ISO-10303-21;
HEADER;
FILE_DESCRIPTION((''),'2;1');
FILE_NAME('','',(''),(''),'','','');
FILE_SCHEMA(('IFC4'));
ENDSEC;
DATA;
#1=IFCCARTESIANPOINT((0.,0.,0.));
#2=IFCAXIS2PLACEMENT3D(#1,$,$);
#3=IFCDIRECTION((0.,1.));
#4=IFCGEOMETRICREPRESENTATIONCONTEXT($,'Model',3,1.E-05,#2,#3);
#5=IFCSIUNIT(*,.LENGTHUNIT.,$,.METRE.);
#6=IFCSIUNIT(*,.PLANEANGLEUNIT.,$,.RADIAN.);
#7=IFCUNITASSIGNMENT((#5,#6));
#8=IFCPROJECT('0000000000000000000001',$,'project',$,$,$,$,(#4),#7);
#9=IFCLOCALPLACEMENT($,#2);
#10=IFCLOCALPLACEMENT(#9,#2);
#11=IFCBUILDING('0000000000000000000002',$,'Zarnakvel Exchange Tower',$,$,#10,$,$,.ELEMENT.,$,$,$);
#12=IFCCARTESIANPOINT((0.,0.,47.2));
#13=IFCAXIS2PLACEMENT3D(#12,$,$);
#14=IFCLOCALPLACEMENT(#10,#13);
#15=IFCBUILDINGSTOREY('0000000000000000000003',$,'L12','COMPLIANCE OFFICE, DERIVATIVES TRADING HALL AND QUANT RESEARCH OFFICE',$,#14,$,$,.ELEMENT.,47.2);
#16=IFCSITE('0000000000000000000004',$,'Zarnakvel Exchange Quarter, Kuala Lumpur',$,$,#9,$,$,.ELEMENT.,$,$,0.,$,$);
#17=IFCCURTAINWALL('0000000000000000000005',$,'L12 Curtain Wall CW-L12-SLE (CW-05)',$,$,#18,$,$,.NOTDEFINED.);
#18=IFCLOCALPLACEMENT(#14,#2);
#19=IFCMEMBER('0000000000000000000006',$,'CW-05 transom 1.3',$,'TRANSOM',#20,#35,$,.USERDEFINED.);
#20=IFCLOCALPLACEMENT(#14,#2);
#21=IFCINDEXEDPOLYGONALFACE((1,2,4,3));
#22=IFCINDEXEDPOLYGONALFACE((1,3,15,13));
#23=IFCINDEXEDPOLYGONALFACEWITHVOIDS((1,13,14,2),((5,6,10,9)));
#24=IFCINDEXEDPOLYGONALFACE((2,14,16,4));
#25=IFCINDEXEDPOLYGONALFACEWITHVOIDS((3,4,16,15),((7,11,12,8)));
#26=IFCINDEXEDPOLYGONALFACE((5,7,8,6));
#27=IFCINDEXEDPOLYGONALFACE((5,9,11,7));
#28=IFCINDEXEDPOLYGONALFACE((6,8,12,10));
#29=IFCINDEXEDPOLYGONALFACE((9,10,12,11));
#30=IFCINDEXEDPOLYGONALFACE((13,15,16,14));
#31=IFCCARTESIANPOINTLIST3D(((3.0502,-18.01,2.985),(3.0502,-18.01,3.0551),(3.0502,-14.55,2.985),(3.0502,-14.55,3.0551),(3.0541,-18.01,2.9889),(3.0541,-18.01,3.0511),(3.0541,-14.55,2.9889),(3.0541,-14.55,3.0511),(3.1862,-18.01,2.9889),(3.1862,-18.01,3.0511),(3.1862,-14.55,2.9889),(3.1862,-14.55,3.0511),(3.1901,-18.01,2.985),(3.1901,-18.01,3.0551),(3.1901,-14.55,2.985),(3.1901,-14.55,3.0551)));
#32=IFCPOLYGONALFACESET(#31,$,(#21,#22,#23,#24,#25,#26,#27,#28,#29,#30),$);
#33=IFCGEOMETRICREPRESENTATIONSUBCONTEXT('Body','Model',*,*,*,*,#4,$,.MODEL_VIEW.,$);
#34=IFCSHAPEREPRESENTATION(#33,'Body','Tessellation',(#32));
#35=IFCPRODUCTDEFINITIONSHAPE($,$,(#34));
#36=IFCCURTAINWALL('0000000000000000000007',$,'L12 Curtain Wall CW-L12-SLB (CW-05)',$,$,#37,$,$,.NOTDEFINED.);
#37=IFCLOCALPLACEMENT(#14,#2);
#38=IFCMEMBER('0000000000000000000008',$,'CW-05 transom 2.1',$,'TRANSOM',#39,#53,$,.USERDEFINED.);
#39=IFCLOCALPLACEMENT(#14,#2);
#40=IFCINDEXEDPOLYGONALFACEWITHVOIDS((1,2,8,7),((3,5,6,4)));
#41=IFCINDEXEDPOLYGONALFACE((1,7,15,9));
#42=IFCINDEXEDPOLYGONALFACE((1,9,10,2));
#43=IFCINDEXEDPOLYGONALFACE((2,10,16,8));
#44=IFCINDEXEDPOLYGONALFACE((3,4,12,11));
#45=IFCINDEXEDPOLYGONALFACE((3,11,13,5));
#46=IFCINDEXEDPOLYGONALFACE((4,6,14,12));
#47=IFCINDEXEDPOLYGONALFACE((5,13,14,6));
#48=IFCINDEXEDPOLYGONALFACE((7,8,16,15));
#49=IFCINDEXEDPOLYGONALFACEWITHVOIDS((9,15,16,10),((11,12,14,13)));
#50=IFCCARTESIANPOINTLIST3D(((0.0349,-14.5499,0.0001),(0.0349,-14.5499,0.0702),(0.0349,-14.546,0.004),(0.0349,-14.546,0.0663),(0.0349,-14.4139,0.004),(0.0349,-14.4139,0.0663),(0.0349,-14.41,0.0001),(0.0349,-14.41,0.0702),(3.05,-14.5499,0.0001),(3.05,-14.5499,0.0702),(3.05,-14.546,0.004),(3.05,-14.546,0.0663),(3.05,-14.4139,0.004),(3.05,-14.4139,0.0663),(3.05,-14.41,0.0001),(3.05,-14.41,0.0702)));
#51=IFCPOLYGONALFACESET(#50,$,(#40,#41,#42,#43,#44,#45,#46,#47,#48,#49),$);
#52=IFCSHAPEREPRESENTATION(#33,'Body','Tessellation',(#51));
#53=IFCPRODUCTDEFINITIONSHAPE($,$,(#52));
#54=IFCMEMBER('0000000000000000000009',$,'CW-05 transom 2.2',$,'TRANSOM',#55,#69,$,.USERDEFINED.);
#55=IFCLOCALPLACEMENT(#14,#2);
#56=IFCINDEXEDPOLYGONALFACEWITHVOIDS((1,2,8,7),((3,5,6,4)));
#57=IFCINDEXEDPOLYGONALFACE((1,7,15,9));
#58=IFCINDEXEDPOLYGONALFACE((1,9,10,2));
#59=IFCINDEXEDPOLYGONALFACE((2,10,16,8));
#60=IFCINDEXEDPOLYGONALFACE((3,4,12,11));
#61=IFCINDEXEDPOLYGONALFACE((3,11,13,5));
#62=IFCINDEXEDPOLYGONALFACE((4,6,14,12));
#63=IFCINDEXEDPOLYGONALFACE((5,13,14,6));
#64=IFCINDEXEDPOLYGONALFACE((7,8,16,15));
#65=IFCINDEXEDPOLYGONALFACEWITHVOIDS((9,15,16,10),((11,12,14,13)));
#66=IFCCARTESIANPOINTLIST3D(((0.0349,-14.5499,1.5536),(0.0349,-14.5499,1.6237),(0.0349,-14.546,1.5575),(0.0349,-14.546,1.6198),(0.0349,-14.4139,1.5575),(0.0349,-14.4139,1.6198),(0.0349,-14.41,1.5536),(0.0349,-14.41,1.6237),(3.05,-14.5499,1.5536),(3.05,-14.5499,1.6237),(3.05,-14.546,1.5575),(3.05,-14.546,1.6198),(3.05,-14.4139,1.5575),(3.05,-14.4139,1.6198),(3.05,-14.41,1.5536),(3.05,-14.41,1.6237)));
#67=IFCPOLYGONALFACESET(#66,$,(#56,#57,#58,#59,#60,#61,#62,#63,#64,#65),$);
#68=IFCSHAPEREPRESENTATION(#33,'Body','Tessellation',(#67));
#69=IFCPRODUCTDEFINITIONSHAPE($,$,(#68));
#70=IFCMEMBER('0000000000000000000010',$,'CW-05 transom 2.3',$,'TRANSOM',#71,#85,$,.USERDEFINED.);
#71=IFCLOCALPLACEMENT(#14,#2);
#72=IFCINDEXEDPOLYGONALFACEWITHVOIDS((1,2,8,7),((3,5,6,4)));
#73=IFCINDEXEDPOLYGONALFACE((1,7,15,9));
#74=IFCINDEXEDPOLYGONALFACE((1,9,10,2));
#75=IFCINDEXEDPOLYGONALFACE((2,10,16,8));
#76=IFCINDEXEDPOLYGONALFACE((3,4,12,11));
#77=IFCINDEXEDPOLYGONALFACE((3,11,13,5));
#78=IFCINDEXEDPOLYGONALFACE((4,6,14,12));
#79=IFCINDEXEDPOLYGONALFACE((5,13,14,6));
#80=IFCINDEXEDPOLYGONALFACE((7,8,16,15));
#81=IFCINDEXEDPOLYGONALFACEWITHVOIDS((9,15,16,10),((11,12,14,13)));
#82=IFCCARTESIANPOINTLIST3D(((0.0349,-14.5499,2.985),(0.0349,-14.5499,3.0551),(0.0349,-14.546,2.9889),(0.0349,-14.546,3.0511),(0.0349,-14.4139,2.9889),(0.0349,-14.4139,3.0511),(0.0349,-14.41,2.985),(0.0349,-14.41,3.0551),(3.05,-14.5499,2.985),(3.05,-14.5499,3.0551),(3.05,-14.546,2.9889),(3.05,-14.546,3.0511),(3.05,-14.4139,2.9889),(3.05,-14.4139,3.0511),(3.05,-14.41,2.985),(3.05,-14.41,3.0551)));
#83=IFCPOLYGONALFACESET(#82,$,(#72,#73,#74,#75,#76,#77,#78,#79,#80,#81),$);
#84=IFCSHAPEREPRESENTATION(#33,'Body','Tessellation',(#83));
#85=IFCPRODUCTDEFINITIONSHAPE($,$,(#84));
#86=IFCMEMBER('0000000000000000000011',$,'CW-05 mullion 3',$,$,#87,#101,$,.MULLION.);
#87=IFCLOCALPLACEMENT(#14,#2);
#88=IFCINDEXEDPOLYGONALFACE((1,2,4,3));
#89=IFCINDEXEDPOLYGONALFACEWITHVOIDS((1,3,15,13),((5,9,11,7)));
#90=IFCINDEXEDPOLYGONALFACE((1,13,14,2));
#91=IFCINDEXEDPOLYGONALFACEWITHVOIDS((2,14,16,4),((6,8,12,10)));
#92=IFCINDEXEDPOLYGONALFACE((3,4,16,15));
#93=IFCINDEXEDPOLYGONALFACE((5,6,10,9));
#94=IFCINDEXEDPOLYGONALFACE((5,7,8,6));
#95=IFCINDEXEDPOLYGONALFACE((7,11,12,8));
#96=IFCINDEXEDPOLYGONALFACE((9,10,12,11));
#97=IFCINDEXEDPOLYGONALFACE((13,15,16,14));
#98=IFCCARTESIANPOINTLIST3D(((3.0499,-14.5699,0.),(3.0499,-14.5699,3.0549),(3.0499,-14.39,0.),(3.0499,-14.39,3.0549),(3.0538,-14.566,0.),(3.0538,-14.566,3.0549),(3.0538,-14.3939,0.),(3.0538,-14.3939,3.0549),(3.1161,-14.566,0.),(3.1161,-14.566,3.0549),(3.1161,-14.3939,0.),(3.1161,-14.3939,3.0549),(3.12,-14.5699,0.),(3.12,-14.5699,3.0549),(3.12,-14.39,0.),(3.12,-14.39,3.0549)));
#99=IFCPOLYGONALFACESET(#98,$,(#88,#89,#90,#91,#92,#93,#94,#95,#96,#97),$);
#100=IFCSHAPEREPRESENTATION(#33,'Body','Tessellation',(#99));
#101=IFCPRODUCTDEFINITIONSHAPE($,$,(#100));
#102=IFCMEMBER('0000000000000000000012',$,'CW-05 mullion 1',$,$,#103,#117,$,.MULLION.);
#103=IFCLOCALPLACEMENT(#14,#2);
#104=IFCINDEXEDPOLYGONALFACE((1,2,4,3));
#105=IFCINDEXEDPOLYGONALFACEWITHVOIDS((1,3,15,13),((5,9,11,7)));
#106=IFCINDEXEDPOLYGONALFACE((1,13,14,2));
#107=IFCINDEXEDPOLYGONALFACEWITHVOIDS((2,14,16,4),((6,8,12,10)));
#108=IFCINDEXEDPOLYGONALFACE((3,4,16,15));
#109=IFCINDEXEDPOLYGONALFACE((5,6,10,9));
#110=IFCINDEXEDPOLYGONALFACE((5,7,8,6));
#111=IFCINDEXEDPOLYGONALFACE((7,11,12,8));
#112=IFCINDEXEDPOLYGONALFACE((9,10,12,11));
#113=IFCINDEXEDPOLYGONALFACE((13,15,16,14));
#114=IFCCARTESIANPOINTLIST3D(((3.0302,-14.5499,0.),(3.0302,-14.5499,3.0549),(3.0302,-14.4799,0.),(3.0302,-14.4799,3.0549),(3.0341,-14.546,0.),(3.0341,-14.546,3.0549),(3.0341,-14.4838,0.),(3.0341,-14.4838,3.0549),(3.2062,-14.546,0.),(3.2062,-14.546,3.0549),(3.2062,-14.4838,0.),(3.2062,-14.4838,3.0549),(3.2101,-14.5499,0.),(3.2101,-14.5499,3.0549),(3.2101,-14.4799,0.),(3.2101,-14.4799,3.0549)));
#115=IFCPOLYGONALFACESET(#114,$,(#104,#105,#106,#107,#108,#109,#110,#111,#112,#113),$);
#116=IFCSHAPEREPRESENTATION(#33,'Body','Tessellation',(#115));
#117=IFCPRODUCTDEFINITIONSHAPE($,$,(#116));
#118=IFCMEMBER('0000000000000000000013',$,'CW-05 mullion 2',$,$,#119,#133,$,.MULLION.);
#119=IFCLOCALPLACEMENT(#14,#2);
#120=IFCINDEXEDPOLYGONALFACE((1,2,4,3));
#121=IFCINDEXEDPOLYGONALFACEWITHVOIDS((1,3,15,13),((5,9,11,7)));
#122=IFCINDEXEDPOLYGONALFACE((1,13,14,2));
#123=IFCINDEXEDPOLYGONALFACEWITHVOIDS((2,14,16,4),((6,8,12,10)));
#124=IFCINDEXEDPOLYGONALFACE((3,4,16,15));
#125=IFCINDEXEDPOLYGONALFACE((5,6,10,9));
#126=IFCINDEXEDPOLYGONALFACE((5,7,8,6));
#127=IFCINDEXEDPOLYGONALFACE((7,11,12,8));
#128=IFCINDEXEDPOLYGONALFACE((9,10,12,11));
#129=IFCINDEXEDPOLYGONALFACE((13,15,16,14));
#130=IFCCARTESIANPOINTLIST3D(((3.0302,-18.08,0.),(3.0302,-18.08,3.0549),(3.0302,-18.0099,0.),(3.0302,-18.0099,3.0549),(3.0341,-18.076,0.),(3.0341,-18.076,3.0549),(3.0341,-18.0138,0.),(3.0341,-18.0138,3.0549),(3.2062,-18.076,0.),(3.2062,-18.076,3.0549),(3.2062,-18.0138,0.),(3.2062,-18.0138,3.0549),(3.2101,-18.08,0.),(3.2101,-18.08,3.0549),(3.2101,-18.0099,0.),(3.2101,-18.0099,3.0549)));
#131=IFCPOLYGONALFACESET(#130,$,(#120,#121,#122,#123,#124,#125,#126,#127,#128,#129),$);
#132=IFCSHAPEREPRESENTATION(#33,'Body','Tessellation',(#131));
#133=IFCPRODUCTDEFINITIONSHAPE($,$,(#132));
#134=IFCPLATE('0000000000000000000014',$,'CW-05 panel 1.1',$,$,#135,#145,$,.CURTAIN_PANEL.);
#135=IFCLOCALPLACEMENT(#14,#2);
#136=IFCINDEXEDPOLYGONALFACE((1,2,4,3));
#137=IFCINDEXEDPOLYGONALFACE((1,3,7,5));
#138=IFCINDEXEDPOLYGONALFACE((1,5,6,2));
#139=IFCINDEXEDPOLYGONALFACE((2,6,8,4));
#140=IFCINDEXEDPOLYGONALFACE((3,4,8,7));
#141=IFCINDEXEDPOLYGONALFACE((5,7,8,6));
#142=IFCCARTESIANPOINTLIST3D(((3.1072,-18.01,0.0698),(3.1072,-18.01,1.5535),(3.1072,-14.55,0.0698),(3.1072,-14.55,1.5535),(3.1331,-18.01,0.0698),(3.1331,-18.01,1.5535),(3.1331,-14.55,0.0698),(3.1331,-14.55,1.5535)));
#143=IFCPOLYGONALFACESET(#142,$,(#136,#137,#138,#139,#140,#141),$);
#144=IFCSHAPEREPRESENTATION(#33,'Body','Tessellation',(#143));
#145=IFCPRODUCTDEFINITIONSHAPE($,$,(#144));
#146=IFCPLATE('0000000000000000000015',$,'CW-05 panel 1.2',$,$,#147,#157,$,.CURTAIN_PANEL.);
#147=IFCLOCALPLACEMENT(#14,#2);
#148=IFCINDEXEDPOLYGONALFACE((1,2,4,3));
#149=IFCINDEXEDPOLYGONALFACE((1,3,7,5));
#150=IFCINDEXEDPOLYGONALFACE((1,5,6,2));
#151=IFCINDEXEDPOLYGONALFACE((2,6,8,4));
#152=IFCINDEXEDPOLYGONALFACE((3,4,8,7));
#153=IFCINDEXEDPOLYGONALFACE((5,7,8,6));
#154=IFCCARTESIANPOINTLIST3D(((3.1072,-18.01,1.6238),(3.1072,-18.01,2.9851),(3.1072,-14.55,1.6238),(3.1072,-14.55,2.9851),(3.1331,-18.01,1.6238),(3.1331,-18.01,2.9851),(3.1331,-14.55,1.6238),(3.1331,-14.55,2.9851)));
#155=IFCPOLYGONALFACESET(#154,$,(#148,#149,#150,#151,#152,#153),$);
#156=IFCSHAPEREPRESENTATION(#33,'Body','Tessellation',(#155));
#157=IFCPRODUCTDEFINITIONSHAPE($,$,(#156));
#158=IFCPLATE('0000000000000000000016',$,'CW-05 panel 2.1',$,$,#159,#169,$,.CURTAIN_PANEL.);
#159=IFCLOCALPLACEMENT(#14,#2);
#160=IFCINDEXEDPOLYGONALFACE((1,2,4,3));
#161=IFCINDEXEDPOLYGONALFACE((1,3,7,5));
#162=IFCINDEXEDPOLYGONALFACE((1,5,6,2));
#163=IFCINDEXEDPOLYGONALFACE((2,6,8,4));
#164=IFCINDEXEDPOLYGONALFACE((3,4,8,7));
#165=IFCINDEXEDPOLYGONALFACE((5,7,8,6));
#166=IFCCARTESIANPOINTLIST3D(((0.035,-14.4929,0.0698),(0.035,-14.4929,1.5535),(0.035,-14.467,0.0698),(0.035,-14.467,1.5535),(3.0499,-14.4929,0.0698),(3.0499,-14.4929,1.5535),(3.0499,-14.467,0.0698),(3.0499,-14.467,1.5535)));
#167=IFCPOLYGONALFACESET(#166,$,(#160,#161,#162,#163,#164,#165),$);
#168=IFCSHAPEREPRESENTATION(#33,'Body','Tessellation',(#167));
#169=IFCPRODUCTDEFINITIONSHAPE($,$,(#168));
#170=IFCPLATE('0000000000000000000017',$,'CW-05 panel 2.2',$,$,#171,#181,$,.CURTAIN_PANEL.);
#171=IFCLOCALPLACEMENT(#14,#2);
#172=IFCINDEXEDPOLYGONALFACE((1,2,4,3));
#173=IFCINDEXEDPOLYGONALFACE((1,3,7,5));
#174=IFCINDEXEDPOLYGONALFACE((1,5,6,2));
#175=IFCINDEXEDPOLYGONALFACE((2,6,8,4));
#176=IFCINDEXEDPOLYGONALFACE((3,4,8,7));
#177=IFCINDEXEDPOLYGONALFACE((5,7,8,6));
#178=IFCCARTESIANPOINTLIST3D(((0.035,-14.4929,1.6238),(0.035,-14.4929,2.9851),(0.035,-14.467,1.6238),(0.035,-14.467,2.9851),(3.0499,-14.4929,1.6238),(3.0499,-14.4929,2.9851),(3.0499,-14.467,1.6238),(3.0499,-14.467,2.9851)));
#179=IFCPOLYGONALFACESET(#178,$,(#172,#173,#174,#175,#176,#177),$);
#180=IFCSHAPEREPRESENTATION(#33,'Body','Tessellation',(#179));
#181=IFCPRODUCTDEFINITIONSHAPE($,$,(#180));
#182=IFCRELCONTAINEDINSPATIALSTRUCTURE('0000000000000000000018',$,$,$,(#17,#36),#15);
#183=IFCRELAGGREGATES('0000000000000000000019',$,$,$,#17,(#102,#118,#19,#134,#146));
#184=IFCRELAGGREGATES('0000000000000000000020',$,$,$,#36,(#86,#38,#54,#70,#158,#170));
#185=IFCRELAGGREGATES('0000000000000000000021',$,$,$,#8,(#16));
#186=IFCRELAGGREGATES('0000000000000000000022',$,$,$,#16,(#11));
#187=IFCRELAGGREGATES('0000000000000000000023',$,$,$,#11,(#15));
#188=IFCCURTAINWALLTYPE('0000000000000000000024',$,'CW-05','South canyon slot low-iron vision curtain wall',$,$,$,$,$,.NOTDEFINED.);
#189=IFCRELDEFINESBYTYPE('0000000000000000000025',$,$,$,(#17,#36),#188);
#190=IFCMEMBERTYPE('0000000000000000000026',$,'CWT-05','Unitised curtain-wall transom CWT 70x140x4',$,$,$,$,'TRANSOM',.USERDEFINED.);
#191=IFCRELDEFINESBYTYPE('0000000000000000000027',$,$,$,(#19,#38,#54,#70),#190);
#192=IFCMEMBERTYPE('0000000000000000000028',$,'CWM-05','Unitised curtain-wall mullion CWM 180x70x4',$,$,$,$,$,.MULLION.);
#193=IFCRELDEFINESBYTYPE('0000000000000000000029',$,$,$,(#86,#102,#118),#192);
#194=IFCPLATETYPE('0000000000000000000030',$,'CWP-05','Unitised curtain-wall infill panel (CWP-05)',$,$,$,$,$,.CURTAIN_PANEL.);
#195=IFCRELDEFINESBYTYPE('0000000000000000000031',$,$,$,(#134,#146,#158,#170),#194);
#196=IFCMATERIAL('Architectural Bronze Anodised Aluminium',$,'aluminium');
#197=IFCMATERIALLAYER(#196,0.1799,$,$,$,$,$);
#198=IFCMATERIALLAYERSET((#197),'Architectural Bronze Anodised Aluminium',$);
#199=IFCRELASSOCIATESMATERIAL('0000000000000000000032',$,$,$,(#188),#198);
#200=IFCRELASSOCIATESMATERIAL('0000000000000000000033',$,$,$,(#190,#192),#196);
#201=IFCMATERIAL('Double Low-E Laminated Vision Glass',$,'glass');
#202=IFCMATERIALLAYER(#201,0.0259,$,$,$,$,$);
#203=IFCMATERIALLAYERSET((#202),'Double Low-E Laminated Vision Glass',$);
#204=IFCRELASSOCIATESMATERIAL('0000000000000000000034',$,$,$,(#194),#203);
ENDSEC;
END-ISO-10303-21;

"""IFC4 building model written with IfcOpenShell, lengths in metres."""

from ifc_helpers import new_model, si_unit, direction, frame, origin, origin_2d, place, context, subcontext, project, spatial, rectangle, hollow_rectangle, extrude, source, transform, mapped, material, layer, layer_set, material_profile, profile_set, type_object, element, aggregate, save


model = new_model("IFC4")

# Units and contexts
model_context = context("Model", 3, precision=1e-05, world=origin(), true_north=direction((0.0, 1.0)))
body_context = subcontext(model_context, "Body", "Model", "MODEL_VIEW")
ifc_project = project(units=[si_unit("LENGTHUNIT", "METRE"), si_unit("PLANEANGLEUNIT", "RADIAN")], contexts=[model_context])

# Site, building, storey
site_placement = place(None, origin())
site = spatial("IfcSite", under=ifc_project, at=site_placement, Name="Zarnakvel Exchange Quarter, Kuala Lumpur", CompositionType="ELEMENT", RefElevation=0.0)
building_placement = place(site_placement, origin())
building = spatial("IfcBuilding", under=site, at=building_placement, Name="Zarnakvel Exchange Tower", CompositionType="ELEMENT")
storey_placement = place(building_placement, frame((0.0, 0.0, 47.2)))
storey = spatial("IfcBuildingStorey", under=building, at=storey_placement, Name="L12", Description="COMPLIANCE OFFICE, DERIVATIVES TRADING HALL AND QUANT RESEARCH OFFICE", CompositionType="ELEMENT", Elevation=47.2)

# Curtain walls, members
ifc_material_1 = material(Name="Architectural Bronze Anodised Aluminium", Category="aluminium")
ifc_layer_1 = layer(ifc_material_1, 0.1799)
ifc_layer_set_1 = layer_set([ifc_layer_1], Name="Architectural Bronze Anodised Aluminium")
curtain_wall_type = type_object("IfcCurtainWallType", Name="CW-05", Description="South canyon slot low-iron vision curtain wall", PredefinedType="NOTDEFINED", material=ifc_layer_set_1)
curtain_wall_1_placement = place(storey_placement, origin())
curtain_wall_1 = element("IfcCurtainWall", 1, at=curtain_wall_1_placement, inside=storey, type_object=curtain_wall_type, Name="L12 Curtain Wall CW-L12-SLE (CW-05)", PredefinedType="NOTDEFINED")
ifc_material_profile_1 = material_profile(ifc_material_1, hollow_rectangle(XDim=0.1399, YDim=0.0701, WallThickness=0.0039, at=origin_2d()))
ifc_profile_set_1 = profile_set([ifc_material_profile_1], Name="Architectural Bronze Anodised Aluminium")
member_type_1 = type_object("IfcMemberType", Name="CWT-05", Description="Unitised curtain-wall transom CWT 70x140x4", ElementType="TRANSOM", PredefinedType="USERDEFINED", material=ifc_profile_set_1)
shared_shape_1 = source(origin(), body_context, "Body", "SweptSolid", [
    extrude(hollow_rectangle(XDim=0.1399, YDim=0.0701, WallThickness=0.0039, at=origin_2d()), origin(), (0.0, 0.0, 1.0), 3.46),
])
member_1_placement = place(storey_placement, frame((3.1201, -14.55, 3.02), z_axis=(0.0, -1.0, 0.0), x_axis=(1.0, 0.0, 0.0)))
member_1 = element("IfcMember", 2, at=member_1_placement, type_object=member_type_1, Name="CW-05 transom 1.3", ObjectType="TRANSOM", PredefinedType="USERDEFINED", context=body_context, shape_type="MappedRepresentation", body=[
    mapped(shared_shape_1, transform((0.0, 0.0, 0.0), x_axis=(1.0, 0.0, 0.0), y_axis=(0.0, 1.0, 0.0), z_axis=(0.0, 0.0, 1.0), scale=1.0)),
])
curtain_wall_2_placement = place(storey_placement, origin())
curtain_wall_2 = element("IfcCurtainWall", 3, at=curtain_wall_2_placement, inside=storey, type_object=curtain_wall_type, Name="L12 Curtain Wall CW-L12-SLB (CW-05)", PredefinedType="NOTDEFINED")
shared_shape_2 = source(origin(), body_context, "Body", "SweptSolid", [
    extrude(hollow_rectangle(XDim=0.1399, YDim=0.0701, WallThickness=0.0039, at=origin_2d()), origin(), (0.0, 0.0, 1.0), 3.0151),
])
member_2_placement = place(storey_placement, frame((0.0349, -14.48, 0.0352), z_axis=(1.0, 0.0, 0.0), x_axis=(0.0, 1.0, 0.0)))
member_2 = element("IfcMember", 4, at=member_2_placement, type_object=member_type_1, Name="CW-05 transom 2.1", ObjectType="TRANSOM", PredefinedType="USERDEFINED", context=body_context, shape_type="MappedRepresentation", body=[
    mapped(shared_shape_2, transform((0.0, 0.0, 0.0), x_axis=(1.0, 0.0, 0.0), y_axis=(0.0, 1.0, 0.0), z_axis=(0.0, 0.0, 1.0), scale=1.0)),
])
member_3_placement = place(storey_placement, frame((0.0349, -14.48, 1.5886), z_axis=(1.0, 0.0, 0.0), x_axis=(0.0, 1.0, 0.0)))
member_3 = element("IfcMember", 5, at=member_3_placement, type_object=member_type_1, Name="CW-05 transom 2.2", ObjectType="TRANSOM", PredefinedType="USERDEFINED", context=body_context, shape_type="MappedRepresentation", body=[
    mapped(shared_shape_2, transform((0.0, 0.0, 0.0), x_axis=(1.0, 0.0, 0.0), y_axis=(0.0, 1.0, 0.0), z_axis=(0.0, 0.0, 1.0), scale=1.0)),
])
member_4_placement = place(storey_placement, frame((0.0349, -14.48, 3.02), z_axis=(1.0, 0.0, 0.0), x_axis=(0.0, 1.0, 0.0)))
member_4 = element("IfcMember", 6, at=member_4_placement, type_object=member_type_1, Name="CW-05 transom 2.3", ObjectType="TRANSOM", PredefinedType="USERDEFINED", context=body_context, shape_type="MappedRepresentation", body=[
    mapped(shared_shape_2, transform((0.0, 0.0, 0.0), x_axis=(1.0, 0.0, 0.0), y_axis=(0.0, 1.0, 0.0), z_axis=(0.0, 0.0, 1.0), scale=1.0)),
])
ifc_material_profile_2 = material_profile(ifc_material_1, hollow_rectangle(XDim=0.1799, YDim=0.0701, WallThickness=0.0039, at=origin_2d()))
ifc_profile_set_2 = profile_set([ifc_material_profile_2], Name="Architectural Bronze Anodised Aluminium")
member_type_2 = type_object("IfcMemberType", Name="CWM-05", Description="Unitised curtain-wall mullion CWM 180x70x4", PredefinedType="MULLION", material=ifc_profile_set_2)
shared_shape_3 = source(origin(), body_context, "Body", "SweptSolid", [
    extrude(hollow_rectangle(XDim=0.1799, YDim=0.0701, WallThickness=0.0039, at=origin_2d()), origin(), (0.0, 0.0, 1.0), 3.0549),
])
member_5_placement = place(storey_placement, frame((3.085, -14.48, 0.0), z_axis=(0.0, 0.0, 1.0), x_axis=(0.0, 1.0, 0.0)))
member_5 = element("IfcMember", 7, at=member_5_placement, type_object=member_type_2, Name="CW-05 mullion 3", PredefinedType="MULLION", context=body_context, shape_type="MappedRepresentation", body=[
    mapped(shared_shape_3, transform((0.0, 0.0, 0.0), x_axis=(1.0, 0.0, 0.0), y_axis=(0.0, 1.0, 0.0), z_axis=(0.0, 0.0, 1.0), scale=1.0)),
])

# Members
member_6_placement = place(storey_placement, frame((3.1201, -14.5149, 0.0), z_axis=(0.0, 0.0, 1.0), x_axis=(1.0, 0.0, 0.0)))
member_6 = element("IfcMember", 8, at=member_6_placement, type_object=member_type_2, Name="CW-05 mullion 1", PredefinedType="MULLION", context=body_context, shape_type="MappedRepresentation", body=[
    mapped(shared_shape_3, transform((0.0, 0.0, 0.0), x_axis=(1.0, 0.0, 0.0), y_axis=(0.0, 1.0, 0.0), z_axis=(0.0, 0.0, 1.0), scale=1.0)),
])
member_7_placement = place(storey_placement, frame((3.1201, -18.0449, 0.0), z_axis=(0.0, 0.0, 1.0), x_axis=(1.0, 0.0, 0.0)))
member_7 = element("IfcMember", 9, at=member_7_placement, type_object=member_type_2, Name="CW-05 mullion 2", PredefinedType="MULLION", context=body_context, shape_type="MappedRepresentation", body=[
    mapped(shared_shape_3, transform((0.0, 0.0, 0.0), x_axis=(1.0, 0.0, 0.0), y_axis=(0.0, 1.0, 0.0), z_axis=(0.0, 0.0, 1.0), scale=1.0)),
])

# Plates
ifc_material_2 = material(Name="Double Low-E Laminated Vision Glass", Category="glass")
ifc_layer_2 = layer(ifc_material_2, 0.0259)
ifc_layer_set_2 = layer_set([ifc_layer_2], Name="Double Low-E Laminated Vision Glass")
plate_type = type_object("IfcPlateType", Name="CWP-05", Description="Unitised curtain-wall infill panel (CWP-05)", PredefinedType="CURTAIN_PANEL", material=ifc_layer_set_2)
shared_shape_4 = source(origin(), body_context, "Body", "SweptSolid", [
    extrude(rectangle(XDim=3.46, YDim=0.0259, at=origin_2d()), origin(), (0.0, 0.0, 1.0), 1.4836),
])
plate_1_placement = place(storey_placement, frame((3.1201, -16.28, 0.0698), z_axis=(0.0, 0.0, 1.0), x_axis=(0.0, -1.0, 0.0)))
plate_1 = element("IfcPlate", 10, at=plate_1_placement, type_object=plate_type, Name="CW-05 panel 1.1", PredefinedType="CURTAIN_PANEL", context=body_context, shape_type="MappedRepresentation", body=[
    mapped(shared_shape_4, transform((0.0, 0.0, 0.0), x_axis=(1.0, 0.0, 0.0), y_axis=(0.0, 1.0, 0.0), z_axis=(0.0, 0.0, 1.0), scale=1.0)),
])
shared_shape_5 = source(origin(), body_context, "Body", "SweptSolid", [
    extrude(rectangle(XDim=3.46, YDim=0.0259, at=origin_2d()), origin(), (0.0, 0.0, 1.0), 1.3613),
])
plate_2_placement = place(storey_placement, frame((3.1201, -16.28, 1.6238), z_axis=(0.0, 0.0, 1.0), x_axis=(0.0, -1.0, 0.0)))
plate_2 = element("IfcPlate", 11, at=plate_2_placement, type_object=plate_type, Name="CW-05 panel 1.2", PredefinedType="CURTAIN_PANEL", context=body_context, shape_type="MappedRepresentation", body=[
    mapped(shared_shape_5, transform((0.0, 0.0, 0.0), x_axis=(1.0, 0.0, 0.0), y_axis=(0.0, 1.0, 0.0), z_axis=(0.0, 0.0, 1.0), scale=1.0)),
])
aggregate(curtain_wall_1, [member_6, member_7, member_1, plate_1, plate_2])
shared_shape_6 = source(origin(), body_context, "Body", "SweptSolid", [
    extrude(rectangle(XDim=3.0149, YDim=0.0259, at=origin_2d()), origin(), (0.0, 0.0, 1.0), 1.4836),
])
plate_3_placement = place(storey_placement, frame((1.5425, -14.48, 0.0698), z_axis=(0.0, 0.0, 1.0), x_axis=(1.0, 0.0, 0.0)))
plate_3 = element("IfcPlate", 12, at=plate_3_placement, type_object=plate_type, Name="CW-05 panel 2.1", PredefinedType="CURTAIN_PANEL", context=body_context, shape_type="MappedRepresentation", body=[
    mapped(shared_shape_6, transform((0.0, 0.0, 0.0), x_axis=(1.0, 0.0, 0.0), y_axis=(0.0, 1.0, 0.0), z_axis=(0.0, 0.0, 1.0), scale=1.0)),
])
shared_shape_7 = source(origin(), body_context, "Body", "SweptSolid", [
    extrude(rectangle(XDim=3.0149, YDim=0.0259, at=origin_2d()), origin(), (0.0, 0.0, 1.0), 1.3613),
])
plate_4_placement = place(storey_placement, frame((1.5425, -14.48, 1.6238), z_axis=(0.0, 0.0, 1.0), x_axis=(1.0, 0.0, 0.0)))
plate_4 = element("IfcPlate", 13, at=plate_4_placement, type_object=plate_type, Name="CW-05 panel 2.2", PredefinedType="CURTAIN_PANEL", context=body_context, shape_type="MappedRepresentation", body=[
    mapped(shared_shape_7, transform((0.0, 0.0, 0.0), x_axis=(1.0, 0.0, 0.0), y_axis=(0.0, 1.0, 0.0), z_axis=(0.0, 0.0, 1.0), scale=1.0)),
])
aggregate(curtain_wall_2, [member_5, member_2, member_3, member_4, plate_3, plate_4])

save(model, "model.ifc")
